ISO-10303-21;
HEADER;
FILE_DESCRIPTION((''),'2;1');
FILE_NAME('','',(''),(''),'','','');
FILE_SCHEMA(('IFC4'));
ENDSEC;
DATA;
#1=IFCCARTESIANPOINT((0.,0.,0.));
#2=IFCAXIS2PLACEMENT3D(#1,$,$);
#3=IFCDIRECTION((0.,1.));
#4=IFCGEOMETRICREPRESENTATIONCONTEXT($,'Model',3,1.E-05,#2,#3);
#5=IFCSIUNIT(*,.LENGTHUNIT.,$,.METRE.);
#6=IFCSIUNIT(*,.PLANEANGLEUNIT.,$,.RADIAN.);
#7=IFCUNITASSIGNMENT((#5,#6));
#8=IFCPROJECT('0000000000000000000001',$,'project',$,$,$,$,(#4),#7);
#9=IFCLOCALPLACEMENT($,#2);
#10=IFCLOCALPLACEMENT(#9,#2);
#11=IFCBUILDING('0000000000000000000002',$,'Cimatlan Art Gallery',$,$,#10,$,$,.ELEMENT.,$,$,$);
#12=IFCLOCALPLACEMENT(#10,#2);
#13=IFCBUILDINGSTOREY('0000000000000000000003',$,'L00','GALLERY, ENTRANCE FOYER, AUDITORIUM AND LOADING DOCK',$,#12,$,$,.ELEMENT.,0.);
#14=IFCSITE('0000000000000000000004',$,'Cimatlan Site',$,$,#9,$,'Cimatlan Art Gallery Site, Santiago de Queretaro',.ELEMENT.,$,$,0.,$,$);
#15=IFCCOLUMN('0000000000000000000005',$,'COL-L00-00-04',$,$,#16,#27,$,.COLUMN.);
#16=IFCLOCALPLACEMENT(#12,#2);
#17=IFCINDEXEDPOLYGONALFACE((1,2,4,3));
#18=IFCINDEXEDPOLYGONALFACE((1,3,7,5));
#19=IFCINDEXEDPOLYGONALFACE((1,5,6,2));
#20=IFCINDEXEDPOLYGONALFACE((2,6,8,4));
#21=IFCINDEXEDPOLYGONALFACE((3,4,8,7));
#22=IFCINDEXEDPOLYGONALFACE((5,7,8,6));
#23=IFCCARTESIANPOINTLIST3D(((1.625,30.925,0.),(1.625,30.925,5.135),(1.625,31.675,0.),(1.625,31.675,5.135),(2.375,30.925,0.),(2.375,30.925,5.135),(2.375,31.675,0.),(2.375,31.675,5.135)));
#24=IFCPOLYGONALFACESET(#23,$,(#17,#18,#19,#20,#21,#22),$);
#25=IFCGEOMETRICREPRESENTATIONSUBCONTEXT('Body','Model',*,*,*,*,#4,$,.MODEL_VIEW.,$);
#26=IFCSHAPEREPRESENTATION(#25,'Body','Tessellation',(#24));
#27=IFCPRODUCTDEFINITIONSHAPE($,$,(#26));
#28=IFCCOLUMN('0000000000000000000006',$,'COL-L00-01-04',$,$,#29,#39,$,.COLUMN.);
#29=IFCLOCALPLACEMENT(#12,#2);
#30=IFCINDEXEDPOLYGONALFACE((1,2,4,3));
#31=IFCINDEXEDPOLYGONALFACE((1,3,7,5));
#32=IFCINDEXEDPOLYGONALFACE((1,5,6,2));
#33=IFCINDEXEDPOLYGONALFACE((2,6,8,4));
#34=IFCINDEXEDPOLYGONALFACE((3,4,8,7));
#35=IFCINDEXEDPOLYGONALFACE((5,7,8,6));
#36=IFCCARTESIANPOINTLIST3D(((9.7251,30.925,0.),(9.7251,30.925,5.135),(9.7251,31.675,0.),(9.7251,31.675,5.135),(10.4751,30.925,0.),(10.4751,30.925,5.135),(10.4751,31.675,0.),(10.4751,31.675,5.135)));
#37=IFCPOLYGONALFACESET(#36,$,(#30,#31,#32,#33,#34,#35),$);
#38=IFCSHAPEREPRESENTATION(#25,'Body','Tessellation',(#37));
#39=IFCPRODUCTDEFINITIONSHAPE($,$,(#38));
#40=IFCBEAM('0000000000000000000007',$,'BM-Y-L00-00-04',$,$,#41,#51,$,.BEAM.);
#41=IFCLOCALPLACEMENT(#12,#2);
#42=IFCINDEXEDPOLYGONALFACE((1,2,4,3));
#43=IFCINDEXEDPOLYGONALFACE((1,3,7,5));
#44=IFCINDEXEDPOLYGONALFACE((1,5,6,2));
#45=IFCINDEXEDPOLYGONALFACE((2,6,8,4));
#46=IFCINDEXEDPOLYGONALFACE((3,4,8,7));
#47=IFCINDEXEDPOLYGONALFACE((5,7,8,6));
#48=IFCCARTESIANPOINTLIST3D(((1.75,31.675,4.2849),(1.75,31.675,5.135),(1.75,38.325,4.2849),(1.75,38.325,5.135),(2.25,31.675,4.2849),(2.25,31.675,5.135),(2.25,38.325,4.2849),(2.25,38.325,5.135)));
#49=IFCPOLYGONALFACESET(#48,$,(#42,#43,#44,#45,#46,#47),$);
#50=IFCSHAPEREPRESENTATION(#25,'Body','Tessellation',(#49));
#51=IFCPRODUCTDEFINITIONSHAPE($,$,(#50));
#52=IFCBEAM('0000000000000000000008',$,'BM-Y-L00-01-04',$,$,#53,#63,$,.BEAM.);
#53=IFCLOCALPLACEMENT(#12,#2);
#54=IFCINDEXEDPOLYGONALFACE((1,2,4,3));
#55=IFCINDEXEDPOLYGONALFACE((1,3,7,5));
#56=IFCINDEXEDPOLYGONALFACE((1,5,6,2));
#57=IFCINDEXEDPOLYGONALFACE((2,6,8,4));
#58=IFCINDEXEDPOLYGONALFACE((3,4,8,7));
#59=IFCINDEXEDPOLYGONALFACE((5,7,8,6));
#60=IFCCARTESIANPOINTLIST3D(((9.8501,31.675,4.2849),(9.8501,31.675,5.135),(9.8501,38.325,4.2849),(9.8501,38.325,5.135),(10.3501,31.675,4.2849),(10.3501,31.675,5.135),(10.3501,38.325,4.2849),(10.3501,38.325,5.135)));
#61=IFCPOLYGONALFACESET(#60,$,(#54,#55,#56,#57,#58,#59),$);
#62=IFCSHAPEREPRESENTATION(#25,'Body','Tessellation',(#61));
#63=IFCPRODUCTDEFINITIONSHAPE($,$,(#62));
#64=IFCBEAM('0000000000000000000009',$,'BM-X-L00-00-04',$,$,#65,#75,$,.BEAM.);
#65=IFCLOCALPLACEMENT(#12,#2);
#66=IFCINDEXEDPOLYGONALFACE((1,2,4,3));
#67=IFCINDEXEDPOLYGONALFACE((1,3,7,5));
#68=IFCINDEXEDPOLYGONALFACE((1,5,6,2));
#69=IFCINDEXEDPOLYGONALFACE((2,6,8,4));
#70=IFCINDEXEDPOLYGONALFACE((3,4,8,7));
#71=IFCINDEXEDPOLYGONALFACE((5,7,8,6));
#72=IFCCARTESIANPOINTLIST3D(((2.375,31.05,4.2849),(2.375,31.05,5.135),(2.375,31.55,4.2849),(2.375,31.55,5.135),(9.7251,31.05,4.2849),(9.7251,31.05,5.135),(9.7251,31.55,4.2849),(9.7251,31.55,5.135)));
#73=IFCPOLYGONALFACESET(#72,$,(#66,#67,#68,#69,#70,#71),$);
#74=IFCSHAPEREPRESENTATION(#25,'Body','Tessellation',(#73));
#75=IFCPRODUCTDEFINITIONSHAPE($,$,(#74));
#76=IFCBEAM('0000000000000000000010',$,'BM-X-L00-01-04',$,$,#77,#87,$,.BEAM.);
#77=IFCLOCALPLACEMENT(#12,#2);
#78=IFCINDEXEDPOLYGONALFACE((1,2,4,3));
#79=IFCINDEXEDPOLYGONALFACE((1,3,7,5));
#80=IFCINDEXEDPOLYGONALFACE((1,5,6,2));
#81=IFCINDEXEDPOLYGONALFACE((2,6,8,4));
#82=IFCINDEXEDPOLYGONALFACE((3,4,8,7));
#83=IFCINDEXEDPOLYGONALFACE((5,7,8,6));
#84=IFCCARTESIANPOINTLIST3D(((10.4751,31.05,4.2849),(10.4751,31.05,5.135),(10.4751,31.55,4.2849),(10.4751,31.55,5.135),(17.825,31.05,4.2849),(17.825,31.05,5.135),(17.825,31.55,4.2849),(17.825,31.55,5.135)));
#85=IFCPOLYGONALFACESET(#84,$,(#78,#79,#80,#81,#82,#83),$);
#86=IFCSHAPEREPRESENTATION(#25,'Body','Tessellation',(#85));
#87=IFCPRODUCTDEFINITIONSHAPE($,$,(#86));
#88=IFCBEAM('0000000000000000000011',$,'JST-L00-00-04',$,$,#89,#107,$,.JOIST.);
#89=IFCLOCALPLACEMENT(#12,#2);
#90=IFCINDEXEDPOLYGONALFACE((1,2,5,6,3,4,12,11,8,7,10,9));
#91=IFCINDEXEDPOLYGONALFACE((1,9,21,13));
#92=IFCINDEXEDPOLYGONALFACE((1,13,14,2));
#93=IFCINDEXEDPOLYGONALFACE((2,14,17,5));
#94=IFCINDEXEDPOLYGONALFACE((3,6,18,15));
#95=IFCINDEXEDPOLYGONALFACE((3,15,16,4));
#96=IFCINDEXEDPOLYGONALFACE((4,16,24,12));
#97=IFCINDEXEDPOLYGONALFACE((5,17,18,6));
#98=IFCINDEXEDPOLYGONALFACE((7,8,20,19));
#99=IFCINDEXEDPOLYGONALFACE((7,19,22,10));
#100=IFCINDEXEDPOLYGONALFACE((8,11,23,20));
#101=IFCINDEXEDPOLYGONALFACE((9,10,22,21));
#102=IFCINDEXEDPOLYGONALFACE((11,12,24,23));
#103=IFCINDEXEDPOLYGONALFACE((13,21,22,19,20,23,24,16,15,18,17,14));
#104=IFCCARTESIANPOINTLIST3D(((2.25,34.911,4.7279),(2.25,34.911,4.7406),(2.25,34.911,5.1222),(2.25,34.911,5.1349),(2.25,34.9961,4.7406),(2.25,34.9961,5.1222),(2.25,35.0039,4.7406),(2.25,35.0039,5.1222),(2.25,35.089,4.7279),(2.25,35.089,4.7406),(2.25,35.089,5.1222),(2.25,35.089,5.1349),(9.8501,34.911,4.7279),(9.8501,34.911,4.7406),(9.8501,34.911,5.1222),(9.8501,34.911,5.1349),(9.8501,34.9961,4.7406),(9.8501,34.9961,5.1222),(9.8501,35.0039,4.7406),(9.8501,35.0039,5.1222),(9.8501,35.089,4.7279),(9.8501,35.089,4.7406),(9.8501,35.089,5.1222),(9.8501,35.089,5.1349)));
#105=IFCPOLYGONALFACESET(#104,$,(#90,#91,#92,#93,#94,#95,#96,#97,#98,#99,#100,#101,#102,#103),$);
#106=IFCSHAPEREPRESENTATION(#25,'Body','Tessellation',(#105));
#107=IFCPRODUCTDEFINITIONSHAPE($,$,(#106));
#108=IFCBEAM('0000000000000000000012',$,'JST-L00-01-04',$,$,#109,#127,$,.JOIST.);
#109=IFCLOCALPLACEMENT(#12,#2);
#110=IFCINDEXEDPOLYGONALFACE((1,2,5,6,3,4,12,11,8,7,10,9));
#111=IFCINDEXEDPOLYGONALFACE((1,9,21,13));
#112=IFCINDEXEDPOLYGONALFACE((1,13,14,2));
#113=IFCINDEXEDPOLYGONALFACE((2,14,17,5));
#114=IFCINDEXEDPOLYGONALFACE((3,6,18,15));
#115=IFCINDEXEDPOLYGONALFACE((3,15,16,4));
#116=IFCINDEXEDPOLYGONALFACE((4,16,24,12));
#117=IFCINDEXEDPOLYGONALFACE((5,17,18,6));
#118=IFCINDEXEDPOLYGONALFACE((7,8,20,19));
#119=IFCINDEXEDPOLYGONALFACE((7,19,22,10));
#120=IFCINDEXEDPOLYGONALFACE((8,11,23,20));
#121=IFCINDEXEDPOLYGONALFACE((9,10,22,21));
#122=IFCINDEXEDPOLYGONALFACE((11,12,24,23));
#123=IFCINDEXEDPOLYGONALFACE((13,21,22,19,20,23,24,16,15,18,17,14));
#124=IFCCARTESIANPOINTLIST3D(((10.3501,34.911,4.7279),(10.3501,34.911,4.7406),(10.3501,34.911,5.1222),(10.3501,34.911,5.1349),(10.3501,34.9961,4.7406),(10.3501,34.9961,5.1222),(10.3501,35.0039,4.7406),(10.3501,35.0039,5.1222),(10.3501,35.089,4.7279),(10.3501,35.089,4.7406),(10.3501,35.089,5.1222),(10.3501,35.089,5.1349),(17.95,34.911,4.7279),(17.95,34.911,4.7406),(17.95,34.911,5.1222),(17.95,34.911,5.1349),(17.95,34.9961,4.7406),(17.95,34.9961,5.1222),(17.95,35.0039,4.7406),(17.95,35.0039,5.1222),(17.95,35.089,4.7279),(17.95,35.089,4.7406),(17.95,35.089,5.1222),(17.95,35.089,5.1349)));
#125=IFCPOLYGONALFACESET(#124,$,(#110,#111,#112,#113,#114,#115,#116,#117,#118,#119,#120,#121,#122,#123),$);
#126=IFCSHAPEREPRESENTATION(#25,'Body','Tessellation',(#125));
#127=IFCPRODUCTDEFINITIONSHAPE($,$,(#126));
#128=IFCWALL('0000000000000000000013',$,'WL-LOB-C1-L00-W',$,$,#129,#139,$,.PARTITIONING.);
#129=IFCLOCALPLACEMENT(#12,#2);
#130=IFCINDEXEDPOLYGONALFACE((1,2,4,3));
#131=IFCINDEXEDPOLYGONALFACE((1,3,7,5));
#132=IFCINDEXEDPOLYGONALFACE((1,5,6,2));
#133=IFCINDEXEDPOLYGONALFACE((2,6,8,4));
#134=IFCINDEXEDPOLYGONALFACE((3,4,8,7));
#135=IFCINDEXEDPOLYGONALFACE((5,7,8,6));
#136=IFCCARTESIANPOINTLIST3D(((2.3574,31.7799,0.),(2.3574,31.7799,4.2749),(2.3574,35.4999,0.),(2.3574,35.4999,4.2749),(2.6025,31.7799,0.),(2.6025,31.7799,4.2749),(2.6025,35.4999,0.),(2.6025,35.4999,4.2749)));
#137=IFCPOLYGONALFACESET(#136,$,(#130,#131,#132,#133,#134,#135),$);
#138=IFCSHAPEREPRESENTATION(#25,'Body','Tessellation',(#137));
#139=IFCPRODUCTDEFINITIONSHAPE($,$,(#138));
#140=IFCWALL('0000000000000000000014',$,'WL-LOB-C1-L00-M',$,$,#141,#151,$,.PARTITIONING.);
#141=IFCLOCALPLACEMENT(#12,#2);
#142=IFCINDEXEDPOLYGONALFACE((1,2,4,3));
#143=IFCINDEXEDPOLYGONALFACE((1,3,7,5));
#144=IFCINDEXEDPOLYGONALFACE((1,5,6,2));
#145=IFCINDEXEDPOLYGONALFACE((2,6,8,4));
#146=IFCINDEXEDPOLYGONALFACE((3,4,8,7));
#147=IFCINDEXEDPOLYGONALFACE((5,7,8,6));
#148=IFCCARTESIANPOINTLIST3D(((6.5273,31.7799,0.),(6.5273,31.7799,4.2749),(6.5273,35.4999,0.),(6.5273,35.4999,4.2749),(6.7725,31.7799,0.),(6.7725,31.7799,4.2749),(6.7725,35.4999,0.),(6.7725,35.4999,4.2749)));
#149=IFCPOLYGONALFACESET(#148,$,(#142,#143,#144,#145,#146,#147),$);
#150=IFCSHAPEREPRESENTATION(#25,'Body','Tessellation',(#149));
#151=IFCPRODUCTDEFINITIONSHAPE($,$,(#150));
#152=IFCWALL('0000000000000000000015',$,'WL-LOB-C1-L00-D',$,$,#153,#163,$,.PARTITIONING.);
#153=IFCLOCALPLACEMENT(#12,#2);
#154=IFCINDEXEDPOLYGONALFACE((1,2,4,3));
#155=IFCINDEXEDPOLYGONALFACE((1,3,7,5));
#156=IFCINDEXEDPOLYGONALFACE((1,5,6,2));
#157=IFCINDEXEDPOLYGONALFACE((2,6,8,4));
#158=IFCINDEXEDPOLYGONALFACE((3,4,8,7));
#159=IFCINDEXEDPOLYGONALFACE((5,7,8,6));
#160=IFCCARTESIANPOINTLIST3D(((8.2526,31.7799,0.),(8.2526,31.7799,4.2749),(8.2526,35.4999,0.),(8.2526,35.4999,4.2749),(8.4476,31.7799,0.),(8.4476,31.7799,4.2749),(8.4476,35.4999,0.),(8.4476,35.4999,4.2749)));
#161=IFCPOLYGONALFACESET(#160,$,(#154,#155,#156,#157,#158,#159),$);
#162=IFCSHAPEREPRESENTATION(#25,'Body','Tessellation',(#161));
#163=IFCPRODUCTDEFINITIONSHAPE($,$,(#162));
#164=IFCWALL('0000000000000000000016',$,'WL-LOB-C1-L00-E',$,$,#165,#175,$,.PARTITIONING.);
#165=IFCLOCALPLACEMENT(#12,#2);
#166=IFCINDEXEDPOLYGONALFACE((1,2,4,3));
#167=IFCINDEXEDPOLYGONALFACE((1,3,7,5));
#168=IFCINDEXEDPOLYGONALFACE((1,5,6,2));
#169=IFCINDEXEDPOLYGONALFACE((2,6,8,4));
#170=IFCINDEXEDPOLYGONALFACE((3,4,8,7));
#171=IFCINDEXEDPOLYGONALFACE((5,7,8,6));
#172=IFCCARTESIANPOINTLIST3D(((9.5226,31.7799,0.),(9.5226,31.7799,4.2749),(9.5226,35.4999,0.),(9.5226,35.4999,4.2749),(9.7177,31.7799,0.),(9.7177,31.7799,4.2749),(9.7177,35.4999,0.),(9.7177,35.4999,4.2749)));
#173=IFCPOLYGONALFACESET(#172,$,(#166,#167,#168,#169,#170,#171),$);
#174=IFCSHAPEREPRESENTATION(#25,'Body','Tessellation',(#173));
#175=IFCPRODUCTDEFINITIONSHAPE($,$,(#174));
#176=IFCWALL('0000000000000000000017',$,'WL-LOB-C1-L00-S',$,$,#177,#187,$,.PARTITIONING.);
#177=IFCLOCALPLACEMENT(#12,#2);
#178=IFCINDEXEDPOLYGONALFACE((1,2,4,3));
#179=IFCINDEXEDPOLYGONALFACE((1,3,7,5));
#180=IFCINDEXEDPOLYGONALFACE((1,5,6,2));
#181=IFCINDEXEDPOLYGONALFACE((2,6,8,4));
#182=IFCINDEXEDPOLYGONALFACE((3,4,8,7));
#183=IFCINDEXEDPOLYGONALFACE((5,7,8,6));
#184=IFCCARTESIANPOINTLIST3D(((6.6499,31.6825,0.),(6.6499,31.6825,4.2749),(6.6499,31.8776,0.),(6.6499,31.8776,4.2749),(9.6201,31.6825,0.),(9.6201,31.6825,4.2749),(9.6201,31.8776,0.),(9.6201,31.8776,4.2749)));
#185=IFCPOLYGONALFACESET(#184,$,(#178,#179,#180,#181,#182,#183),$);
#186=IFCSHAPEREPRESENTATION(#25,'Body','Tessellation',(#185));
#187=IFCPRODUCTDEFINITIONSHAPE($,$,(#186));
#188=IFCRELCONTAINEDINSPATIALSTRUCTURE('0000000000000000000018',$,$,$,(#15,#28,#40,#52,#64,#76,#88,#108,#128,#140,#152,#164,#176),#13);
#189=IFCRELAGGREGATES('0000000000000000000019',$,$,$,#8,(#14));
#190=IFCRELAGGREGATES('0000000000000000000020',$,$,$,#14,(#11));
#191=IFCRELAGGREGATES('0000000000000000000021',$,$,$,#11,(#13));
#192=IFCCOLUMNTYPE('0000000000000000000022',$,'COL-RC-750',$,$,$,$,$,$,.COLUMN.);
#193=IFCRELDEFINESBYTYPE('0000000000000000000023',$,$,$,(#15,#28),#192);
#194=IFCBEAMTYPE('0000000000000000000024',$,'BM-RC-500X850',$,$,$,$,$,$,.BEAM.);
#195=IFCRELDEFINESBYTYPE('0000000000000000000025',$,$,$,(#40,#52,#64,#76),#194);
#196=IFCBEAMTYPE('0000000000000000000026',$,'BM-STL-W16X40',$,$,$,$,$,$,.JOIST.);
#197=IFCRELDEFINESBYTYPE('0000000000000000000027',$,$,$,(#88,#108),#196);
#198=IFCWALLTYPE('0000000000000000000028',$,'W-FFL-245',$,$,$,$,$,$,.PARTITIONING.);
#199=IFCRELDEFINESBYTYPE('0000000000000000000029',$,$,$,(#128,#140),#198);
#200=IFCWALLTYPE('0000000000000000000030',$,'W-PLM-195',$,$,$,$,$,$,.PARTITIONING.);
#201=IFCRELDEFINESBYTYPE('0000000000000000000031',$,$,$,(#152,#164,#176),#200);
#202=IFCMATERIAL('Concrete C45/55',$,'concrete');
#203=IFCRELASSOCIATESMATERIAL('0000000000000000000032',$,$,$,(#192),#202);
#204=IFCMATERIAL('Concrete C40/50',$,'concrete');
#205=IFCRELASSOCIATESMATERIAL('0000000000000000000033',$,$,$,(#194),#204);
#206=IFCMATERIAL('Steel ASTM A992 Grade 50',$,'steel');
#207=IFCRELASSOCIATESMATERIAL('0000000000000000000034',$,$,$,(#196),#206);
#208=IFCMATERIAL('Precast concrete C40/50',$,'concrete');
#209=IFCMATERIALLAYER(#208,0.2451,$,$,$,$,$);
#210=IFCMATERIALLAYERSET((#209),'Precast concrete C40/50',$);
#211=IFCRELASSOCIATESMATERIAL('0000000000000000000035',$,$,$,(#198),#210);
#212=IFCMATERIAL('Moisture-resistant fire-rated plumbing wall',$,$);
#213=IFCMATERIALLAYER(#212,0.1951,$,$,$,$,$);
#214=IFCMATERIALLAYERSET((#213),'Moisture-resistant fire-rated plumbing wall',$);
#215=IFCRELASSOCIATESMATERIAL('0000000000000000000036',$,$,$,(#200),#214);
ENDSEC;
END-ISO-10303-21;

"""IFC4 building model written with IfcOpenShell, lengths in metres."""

from ifc_helpers import new_model, si_unit, direction, frame, frame_2d, origin, origin_2d, place, context, subcontext, project, spatial, rectangle, i_section, extrude, material, layer, layer_set, material_profile, profile_set, type_object, element, save


model = new_model("IFC4")

# Units and contexts
model_context = context("Model", 3, precision=1e-05, world=origin(), true_north=direction((0.0, 1.0)))
body_context = subcontext(model_context, "Body", "Model", "MODEL_VIEW")
ifc_project = project(units=[si_unit("LENGTHUNIT", "METRE"), si_unit("PLANEANGLEUNIT", "RADIAN")], contexts=[model_context])

# Site, building, storey
site_placement = place(None, origin())
site = spatial("IfcSite", under=ifc_project, at=site_placement, Name="Cimatlan Site", LongName="Cimatlan Art Gallery Site, Santiago de Queretaro", CompositionType="ELEMENT", RefElevation=0.0)
building_placement = place(site_placement, origin())
building = spatial("IfcBuilding", under=site, at=building_placement, Name="Cimatlan Art Gallery", CompositionType="ELEMENT")
storey_placement = place(building_placement, origin())
storey = spatial("IfcBuildingStorey", under=building, at=storey_placement, Name="L00", Description="GALLERY, ENTRANCE FOYER, AUDITORIUM AND LOADING DOCK", CompositionType="ELEMENT", Elevation=0.0)

# Columns
ifc_material_1 = material(Name="Concrete C45/55", Category="concrete")
ifc_material_profile_1 = material_profile(ifc_material_1, rectangle(XDim=0.75, YDim=0.75, at=origin_2d()), Name="RC750X750")
ifc_profile_set_1 = profile_set([ifc_material_profile_1], Name="Concrete C45/55")
column_type = type_object("IfcColumnType", Name="COL-RC-750", PredefinedType="COLUMN", material=ifc_profile_set_1)
for number, where, z_axis, x_axis, name in (
    (1, (2.0, 31.3, 0.0), (0.0, 0.0, 1.0), (1.0, 0.0, 0.0), "COL-L00-00-04"),
    (2, (10.1001, 31.3, 0.0), (0.0, 0.0, 1.0), (1.0, 0.0, 0.0), "COL-L00-01-04"),
):
    element("IfcColumn", number, at=place(storey_placement, frame(where, z_axis=z_axis, x_axis=x_axis)), inside=storey, type_object=column_type, Name=name, PredefinedType="COLUMN", context=body_context, shape_type="SweptSolid", body=[
        extrude(rectangle(XDim=0.75, YDim=0.75, at=origin_2d()), origin(), (0.0, 0.0, 1.0), 5.135),
    ])

# Beams
ifc_material_2 = material(Name="Concrete C40/50", Category="concrete")
ifc_material_profile_2 = material_profile(ifc_material_2, rectangle(XDim=0.5, YDim=0.8501, at=origin_2d()), Name="RC500X850")
ifc_profile_set_2 = profile_set([ifc_material_profile_2], Name="Concrete C40/50")
beam_type_1 = type_object("IfcBeamType", Name="BM-RC-500X850", PredefinedType="BEAM", material=ifc_profile_set_2)
for number, where, z_axis, x_axis, name in (
    (3, (2.0, 31.675, 4.71), (0.0, 1.0, 0.0), (-1.0, 0.0, 0.0), "BM-Y-L00-00-04"),
    (4, (10.1001, 31.675, 4.71), (0.0, 1.0, 0.0), (-1.0, 0.0, 0.0), "BM-Y-L00-01-04"),
):
    element("IfcBeam", number, at=place(storey_placement, frame(where, z_axis=z_axis, x_axis=x_axis)), inside=storey, type_object=beam_type_1, Name=name, PredefinedType="BEAM", context=body_context, shape_type="SweptSolid", body=[
        extrude(rectangle(XDim=0.5, YDim=0.8501, at=origin_2d()), origin(), (0.0, 0.0, 1.0), 6.6499),
    ])
beam_1_placement = place(storey_placement, frame((2.375, 31.3, 4.71), z_axis=(1.0, 0.0, 0.0), x_axis=(0.0, 1.0, 0.0)))
element("IfcBeam", 5, at=beam_1_placement, inside=storey, type_object=beam_type_1, Name="BM-X-L00-00-04", PredefinedType="BEAM", context=body_context, shape_type="SweptSolid", body=[
    extrude(rectangle(XDim=0.5, YDim=0.8501, at=origin_2d()), origin(), (0.0, 0.0, 1.0), 7.3501),
])
beam_2_placement = place(storey_placement, frame((10.4751, 31.3, 4.71), z_axis=(1.0, 0.0, 0.0), x_axis=(0.0, 1.0, 0.0)))
element("IfcBeam", 6, at=beam_2_placement, inside=storey, type_object=beam_type_1, Name="BM-X-L00-01-04", PredefinedType="BEAM", context=body_context, shape_type="SweptSolid", body=[
    extrude(rectangle(XDim=0.5, YDim=0.8501, at=origin_2d()), origin(), (0.0, 0.0, 1.0), 7.3499),
])
ifc_material_3 = material(Name="Steel ASTM A992 Grade 50", Category="steel")
ifc_material_profile_3 = material_profile(ifc_material_3, i_section(OverallWidth=0.178, OverallDepth=0.407, WebThickness=0.0078, FlangeThickness=0.0127, at=origin_2d()), Name="W16X40")
ifc_profile_set_3 = profile_set([ifc_material_profile_3], Name="Steel ASTM A992 Grade 50")
beam_type_2 = type_object("IfcBeamType", Name="BM-STL-W16X40", PredefinedType="JOIST", material=ifc_profile_set_3)
beam_3_placement = place(storey_placement, frame((2.25, 35.0, 4.9314), z_axis=(1.0, 0.0, 0.0), x_axis=(0.0, 1.0, 0.0)))
element("IfcBeam", 7, at=beam_3_placement, inside=storey, type_object=beam_type_2, Name="JST-L00-00-04", PredefinedType="JOIST", context=body_context, shape_type="SweptSolid", body=[
    extrude(i_section(OverallWidth=0.178, OverallDepth=0.407, WebThickness=0.0078, FlangeThickness=0.0127, at=origin_2d()), origin(), (0.0, 0.0, 1.0), 7.6001),
])
beam_4_placement = place(storey_placement, frame((10.3501, 35.0, 4.9314), z_axis=(1.0, 0.0, 0.0), x_axis=(0.0, 1.0, 0.0)))
element("IfcBeam", 8, at=beam_4_placement, inside=storey, type_object=beam_type_2, Name="JST-L00-01-04", PredefinedType="JOIST", context=body_context, shape_type="SweptSolid", body=[
    extrude(i_section(OverallWidth=0.178, OverallDepth=0.407, WebThickness=0.0078, FlangeThickness=0.0127, at=origin_2d()), origin(), (0.0, 0.0, 1.0), 7.5999),
])

# Shared definitions
ifc_material_4 = material(Name="Precast concrete C40/50", Category="concrete")
ifc_layer_1 = layer(ifc_material_4, 0.2451)
ifc_layer_set_1 = layer_set([ifc_layer_1], Name="Precast concrete C40/50")
wall_type_1 = type_object("IfcWallType", Name="W-FFL-245", PredefinedType="PARTITIONING", material=ifc_layer_set_1)

# Walls
for number, where, z_axis, x_axis, name in (
    (9, (2.48, 31.78, 0.0), (0.0, 0.0, 1.0), (0.0, 1.0, 0.0), "WL-LOB-C1-L00-W"),
    (10, (6.6499, 31.78, 0.0), (0.0, 0.0, 1.0), (0.0, 1.0, 0.0), "WL-LOB-C1-L00-M"),
):
    element("IfcWall", number, at=place(storey_placement, frame(where, z_axis=z_axis, x_axis=x_axis)), inside=storey, type_object=wall_type_1, Name=name, PredefinedType="PARTITIONING", context=body_context, shape_type="SweptSolid", body=[
        extrude(rectangle(XDim=3.72, YDim=0.2451, at=frame_2d((1.8599, 0.0))), origin(), (0.0, 0.0, 1.0), 4.2749),
    ])
ifc_material_5 = material(Name="Moisture-resistant fire-rated plumbing wall")
ifc_layer_2 = layer(ifc_material_5, 0.1951)
ifc_layer_set_2 = layer_set([ifc_layer_2], Name="Moisture-resistant fire-rated plumbing wall")
wall_type_2 = type_object("IfcWallType", Name="W-PLM-195", PredefinedType="PARTITIONING", material=ifc_layer_set_2)
for number, where, z_axis, x_axis, name in (
    (11, (8.3501, 31.78, 0.0), (0.0, 0.0, 1.0), (0.0, 1.0, 0.0), "WL-LOB-C1-L00-D"),
    (12, (9.6201, 31.78, 0.0), (0.0, 0.0, 1.0), (0.0, 1.0, 0.0), "WL-LOB-C1-L00-E"),
):
    element("IfcWall", number, at=place(storey_placement, frame(where, z_axis=z_axis, x_axis=x_axis)), inside=storey, type_object=wall_type_2, Name=name, PredefinedType="PARTITIONING", context=body_context, shape_type="SweptSolid", body=[
        extrude(rectangle(XDim=3.72, YDim=0.1951, at=frame_2d((1.8599, 0.0))), origin(), (0.0, 0.0, 1.0), 4.2749),
    ])
wall_1_placement = place(storey_placement, frame((6.6499, 31.78, 0.0), z_axis=(0.0, 0.0, 1.0), x_axis=(1.0, 0.0, 0.0)))
element("IfcWall", 13, at=wall_1_placement, inside=storey, type_object=wall_type_2, Name="WL-LOB-C1-L00-S", PredefinedType="PARTITIONING", context=body_context, shape_type="SweptSolid", body=[
    extrude(rectangle(XDim=2.9702, YDim=0.1951, at=frame_2d((1.4851, 0.0))), origin(), (0.0, 0.0, 1.0), 4.2749),
])

save(model, "model.ifc")
